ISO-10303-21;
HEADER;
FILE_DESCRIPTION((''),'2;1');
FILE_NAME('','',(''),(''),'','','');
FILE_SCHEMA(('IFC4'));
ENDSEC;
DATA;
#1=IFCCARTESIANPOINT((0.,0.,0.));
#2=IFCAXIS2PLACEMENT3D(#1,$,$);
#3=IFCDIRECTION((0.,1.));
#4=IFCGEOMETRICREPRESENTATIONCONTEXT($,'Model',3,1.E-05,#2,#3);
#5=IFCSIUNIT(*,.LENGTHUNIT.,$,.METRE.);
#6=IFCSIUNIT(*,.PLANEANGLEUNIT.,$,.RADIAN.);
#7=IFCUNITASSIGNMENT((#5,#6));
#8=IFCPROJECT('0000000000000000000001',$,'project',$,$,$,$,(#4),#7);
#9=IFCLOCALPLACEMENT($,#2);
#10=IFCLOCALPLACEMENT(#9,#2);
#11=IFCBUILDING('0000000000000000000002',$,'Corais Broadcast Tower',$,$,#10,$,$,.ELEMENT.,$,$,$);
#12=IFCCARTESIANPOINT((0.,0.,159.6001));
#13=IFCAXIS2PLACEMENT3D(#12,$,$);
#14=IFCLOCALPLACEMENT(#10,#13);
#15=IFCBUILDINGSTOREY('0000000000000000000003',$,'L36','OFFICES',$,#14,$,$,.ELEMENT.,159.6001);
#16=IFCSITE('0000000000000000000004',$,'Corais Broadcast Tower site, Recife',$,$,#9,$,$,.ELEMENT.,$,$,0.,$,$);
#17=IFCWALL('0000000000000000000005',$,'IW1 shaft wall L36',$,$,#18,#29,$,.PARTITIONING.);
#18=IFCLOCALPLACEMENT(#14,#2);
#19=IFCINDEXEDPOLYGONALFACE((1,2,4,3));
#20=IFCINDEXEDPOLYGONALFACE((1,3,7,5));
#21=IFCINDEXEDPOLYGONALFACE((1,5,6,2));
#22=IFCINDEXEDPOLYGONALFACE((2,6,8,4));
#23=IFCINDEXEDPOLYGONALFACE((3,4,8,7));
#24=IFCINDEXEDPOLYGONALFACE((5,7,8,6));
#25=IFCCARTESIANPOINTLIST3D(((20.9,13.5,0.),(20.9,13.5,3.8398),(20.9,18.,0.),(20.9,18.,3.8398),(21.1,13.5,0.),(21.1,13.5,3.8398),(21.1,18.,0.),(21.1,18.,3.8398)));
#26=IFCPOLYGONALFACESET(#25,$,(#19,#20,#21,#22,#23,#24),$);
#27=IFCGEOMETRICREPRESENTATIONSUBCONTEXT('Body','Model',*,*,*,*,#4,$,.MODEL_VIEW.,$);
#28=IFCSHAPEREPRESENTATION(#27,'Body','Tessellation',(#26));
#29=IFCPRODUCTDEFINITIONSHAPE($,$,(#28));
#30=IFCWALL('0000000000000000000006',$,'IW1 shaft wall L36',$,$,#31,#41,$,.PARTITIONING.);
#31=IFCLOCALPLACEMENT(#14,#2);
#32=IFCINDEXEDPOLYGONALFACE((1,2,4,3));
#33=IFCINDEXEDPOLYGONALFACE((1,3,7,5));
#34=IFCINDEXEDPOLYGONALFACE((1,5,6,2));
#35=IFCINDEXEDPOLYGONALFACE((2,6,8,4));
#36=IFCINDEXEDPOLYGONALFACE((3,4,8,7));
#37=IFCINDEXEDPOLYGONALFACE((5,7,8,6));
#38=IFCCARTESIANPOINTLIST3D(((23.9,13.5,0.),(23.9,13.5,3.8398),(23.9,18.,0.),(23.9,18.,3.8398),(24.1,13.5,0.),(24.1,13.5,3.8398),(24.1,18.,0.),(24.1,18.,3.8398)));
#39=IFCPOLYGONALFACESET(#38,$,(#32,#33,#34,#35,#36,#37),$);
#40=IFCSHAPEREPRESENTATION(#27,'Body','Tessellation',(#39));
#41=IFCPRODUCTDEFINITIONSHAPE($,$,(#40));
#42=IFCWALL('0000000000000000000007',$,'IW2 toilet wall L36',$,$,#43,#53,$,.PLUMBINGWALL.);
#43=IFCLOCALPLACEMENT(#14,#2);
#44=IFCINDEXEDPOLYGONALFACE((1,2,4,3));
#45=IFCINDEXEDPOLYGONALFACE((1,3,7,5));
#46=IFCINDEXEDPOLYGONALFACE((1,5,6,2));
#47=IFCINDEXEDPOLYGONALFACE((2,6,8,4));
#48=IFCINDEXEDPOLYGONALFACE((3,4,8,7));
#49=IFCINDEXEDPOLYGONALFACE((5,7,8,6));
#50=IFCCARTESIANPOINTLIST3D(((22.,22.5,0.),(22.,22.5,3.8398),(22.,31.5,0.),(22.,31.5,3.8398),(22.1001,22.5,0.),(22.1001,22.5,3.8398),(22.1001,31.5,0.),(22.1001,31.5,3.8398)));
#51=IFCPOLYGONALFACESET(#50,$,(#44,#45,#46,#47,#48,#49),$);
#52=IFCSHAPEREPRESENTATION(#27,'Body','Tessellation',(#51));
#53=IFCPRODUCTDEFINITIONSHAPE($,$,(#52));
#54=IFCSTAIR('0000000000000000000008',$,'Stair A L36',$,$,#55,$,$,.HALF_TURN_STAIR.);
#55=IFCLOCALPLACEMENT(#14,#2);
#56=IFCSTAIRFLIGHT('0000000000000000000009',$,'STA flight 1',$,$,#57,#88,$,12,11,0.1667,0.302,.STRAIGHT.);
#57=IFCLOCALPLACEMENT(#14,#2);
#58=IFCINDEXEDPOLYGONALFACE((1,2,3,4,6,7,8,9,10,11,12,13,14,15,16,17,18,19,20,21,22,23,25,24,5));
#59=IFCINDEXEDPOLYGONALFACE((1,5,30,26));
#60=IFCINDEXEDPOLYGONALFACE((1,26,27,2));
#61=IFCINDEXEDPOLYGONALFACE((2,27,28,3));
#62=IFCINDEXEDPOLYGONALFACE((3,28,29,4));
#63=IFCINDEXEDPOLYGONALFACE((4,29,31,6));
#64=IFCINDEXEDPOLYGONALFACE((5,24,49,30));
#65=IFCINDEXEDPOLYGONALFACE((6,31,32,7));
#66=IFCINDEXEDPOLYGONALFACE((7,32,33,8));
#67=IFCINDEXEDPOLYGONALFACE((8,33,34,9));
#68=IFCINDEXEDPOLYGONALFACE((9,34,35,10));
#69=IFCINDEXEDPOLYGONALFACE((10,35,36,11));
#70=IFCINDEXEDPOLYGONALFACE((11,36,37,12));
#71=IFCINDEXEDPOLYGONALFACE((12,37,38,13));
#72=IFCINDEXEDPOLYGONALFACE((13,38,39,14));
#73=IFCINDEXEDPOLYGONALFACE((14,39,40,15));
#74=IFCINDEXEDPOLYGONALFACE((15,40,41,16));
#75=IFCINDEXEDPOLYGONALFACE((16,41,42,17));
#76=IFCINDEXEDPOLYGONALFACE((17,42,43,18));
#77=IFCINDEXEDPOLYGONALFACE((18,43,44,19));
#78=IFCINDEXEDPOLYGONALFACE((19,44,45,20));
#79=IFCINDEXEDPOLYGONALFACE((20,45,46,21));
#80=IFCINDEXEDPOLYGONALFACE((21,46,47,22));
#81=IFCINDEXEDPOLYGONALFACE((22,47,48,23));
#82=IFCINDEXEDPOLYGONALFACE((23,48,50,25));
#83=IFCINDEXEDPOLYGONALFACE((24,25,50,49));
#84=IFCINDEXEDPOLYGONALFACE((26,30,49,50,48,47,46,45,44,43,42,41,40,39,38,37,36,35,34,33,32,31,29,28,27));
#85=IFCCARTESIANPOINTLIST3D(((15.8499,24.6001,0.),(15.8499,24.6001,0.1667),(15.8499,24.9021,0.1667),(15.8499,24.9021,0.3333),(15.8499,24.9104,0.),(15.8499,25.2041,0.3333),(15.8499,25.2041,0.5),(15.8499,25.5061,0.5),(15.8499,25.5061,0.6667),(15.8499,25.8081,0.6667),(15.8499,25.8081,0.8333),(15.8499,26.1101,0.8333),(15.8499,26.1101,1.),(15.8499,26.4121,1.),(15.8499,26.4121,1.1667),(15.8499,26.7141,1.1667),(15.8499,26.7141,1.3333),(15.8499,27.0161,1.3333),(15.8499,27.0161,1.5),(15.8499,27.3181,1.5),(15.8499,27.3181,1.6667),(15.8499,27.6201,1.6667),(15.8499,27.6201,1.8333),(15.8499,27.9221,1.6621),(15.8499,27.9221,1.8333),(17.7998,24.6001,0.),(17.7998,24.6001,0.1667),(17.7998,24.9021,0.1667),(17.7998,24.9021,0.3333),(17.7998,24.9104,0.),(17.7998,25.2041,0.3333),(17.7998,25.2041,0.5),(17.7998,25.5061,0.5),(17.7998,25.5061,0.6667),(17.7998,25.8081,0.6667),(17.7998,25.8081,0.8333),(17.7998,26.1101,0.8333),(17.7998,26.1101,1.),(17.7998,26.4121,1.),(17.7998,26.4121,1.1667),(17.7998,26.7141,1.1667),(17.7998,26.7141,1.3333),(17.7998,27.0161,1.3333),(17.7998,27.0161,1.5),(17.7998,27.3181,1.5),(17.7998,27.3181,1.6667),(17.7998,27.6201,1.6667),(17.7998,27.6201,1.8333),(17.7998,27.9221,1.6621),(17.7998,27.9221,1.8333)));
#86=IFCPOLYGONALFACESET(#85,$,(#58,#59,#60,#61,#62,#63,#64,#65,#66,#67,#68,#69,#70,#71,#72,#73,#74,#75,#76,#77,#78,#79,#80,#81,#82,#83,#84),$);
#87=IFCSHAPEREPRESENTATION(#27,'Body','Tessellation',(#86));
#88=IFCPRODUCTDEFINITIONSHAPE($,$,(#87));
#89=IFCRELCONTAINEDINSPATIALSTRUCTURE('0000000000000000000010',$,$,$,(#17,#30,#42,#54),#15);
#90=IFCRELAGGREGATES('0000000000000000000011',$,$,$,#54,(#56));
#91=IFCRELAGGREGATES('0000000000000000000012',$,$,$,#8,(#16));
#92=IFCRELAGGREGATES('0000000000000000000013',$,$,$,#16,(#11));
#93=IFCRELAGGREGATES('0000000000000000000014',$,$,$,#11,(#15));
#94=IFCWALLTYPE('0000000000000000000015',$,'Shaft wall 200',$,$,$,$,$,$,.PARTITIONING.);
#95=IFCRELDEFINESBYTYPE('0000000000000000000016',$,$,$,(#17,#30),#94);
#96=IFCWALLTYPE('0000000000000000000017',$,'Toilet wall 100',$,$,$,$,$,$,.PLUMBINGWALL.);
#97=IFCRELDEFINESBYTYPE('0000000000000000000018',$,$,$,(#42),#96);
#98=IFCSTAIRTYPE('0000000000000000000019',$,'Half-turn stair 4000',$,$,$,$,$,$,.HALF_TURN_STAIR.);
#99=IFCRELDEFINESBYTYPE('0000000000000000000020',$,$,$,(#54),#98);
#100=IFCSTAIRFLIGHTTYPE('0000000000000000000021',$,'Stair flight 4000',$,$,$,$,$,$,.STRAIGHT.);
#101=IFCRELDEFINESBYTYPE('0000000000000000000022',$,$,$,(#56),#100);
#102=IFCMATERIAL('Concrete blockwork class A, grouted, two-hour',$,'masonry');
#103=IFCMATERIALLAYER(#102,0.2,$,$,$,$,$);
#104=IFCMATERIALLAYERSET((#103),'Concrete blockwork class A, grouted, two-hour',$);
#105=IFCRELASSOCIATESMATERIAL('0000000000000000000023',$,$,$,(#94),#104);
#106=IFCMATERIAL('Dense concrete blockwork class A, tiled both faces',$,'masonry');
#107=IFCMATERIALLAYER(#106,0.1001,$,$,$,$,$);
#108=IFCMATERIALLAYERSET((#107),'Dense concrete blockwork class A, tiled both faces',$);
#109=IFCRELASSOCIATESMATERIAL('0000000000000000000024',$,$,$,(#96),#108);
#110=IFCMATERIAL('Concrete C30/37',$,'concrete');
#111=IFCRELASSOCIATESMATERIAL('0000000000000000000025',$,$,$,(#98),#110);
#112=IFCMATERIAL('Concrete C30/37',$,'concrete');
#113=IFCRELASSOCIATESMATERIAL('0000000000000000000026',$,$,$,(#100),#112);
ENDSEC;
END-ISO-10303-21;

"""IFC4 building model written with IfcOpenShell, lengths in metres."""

from ifc_helpers import new_model, si_unit, direction, frame, frame_2d, origin, place, context, subcontext, project, spatial, polyline, rectangle, outline, extrude, material, layer, layer_set, type_object, element, aggregate, save


model = new_model("IFC4")

# Units and contexts
model_context = context("Model", 3, precision=1e-05, world=origin(), true_north=direction((0.0, 1.0)))
body_context = subcontext(model_context, "Body", "Model", "MODEL_VIEW")
ifc_project = project(units=[si_unit("LENGTHUNIT", "METRE"), si_unit("PLANEANGLEUNIT", "RADIAN")], contexts=[model_context])

# Site, building, storey
site_placement = place(None, origin())
site = spatial("IfcSite", under=ifc_project, at=site_placement, Name="Corais Broadcast Tower site, Recife", CompositionType="ELEMENT", RefElevation=0.0)
building_placement = place(site_placement, origin())
building = spatial("IfcBuilding", under=site, at=building_placement, Name="Corais Broadcast Tower", CompositionType="ELEMENT")
storey_placement = place(building_placement, frame((0.0, 0.0, 159.6001)))
storey = spatial("IfcBuildingStorey", under=building, at=storey_placement, Name="L36", Description="OFFICES", CompositionType="ELEMENT", Elevation=159.6001)

# Walls
ifc_material_1 = material(Name="Concrete blockwork class A, grouted, two-hour", Category="masonry")
ifc_layer_1 = layer(ifc_material_1, 0.2)
ifc_layer_set_1 = layer_set([ifc_layer_1], Name="Concrete blockwork class A, grouted, two-hour")
wall_type_1 = type_object("IfcWallType", Name="Shaft wall 200", PredefinedType="PARTITIONING", material=ifc_layer_set_1)
for number, where, z_axis, x_axis, name in (
    (1, (21.0, 13.5, 0.0), (0.0, 0.0, 1.0), (0.0, 1.0, 0.0), "IW1 shaft wall L36"),
    (2, (24.0, 13.5, 0.0), (0.0, 0.0, 1.0), (0.0, 1.0, 0.0), "IW1 shaft wall L36"),
):
    element("IfcWall", number, at=place(storey_placement, frame(where, z_axis=z_axis, x_axis=x_axis)), inside=storey, type_object=wall_type_1, Name=name, PredefinedType="PARTITIONING", context=body_context, shape_type="SweptSolid", body=[
        extrude(rectangle(XDim=4.5, YDim=0.2, at=frame_2d((2.25, 0.0))), origin(), (0.0, 0.0, 1.0), 3.8398),
    ])
ifc_material_2 = material(Name="Dense concrete blockwork class A, tiled both faces", Category="masonry")
ifc_layer_2 = layer(ifc_material_2, 0.1001)
ifc_layer_set_2 = layer_set([ifc_layer_2], Name="Dense concrete blockwork class A, tiled both faces")
wall_type_2 = type_object("IfcWallType", Name="Toilet wall 100", PredefinedType="PLUMBINGWALL", material=ifc_layer_set_2)
wall_1_placement = place(storey_placement, frame((22.05, 22.5, 0.0), z_axis=(0.0, 0.0, 1.0), x_axis=(0.0, 1.0, 0.0)))
element("IfcWall", 3, at=wall_1_placement, inside=storey, type_object=wall_type_2, Name="IW2 toilet wall L36", PredefinedType="PLUMBINGWALL", context=body_context, shape_type="SweptSolid", body=[
    extrude(rectangle(XDim=9.0, YDim=0.1001, at=frame_2d((4.5, 0.0))), origin(), (0.0, 0.0, 1.0), 3.8398),
])

# Stair, stair flight
ifc_material_3 = material(Name="Concrete C30/37", Category="concrete")
stair_type = type_object("IfcStairType", Name="Half-turn stair 4000", PredefinedType="HALF_TURN_STAIR", material=ifc_material_3)
stair_placement = place(storey_placement, origin())
stair = element("IfcStair", 4, at=stair_placement, inside=storey, type_object=stair_type, Name="Stair A L36", PredefinedType="HALF_TURN_STAIR")
ifc_material_4 = material(Name="Concrete C30/37", Category="concrete")
stair_flight_type = type_object("IfcStairFlightType", Name="Stair flight 4000", PredefinedType="STRAIGHT", material=ifc_material_4)
stair_flight_placement = place(storey_placement, frame((16.825, 24.6001, 0.0), z_axis=(0.0, 0.0, 1.0), x_axis=(0.0, 1.0, 0.0)))
stair_flight = element("IfcStairFlight", 5, at=stair_flight_placement, type_object=stair_flight_type, Name="STA flight 1", NumberOfRisers=12, NumberOfTreads=11, PredefinedType="STRAIGHT", RiserHeight=0.1667, TreadLength=0.302, context=body_context, shape_type="SweptSolid", body=[
    extrude(outline(polyline([(0.0, 0.0), (0.0, 0.1667), (0.302, 0.1667), (0.302, 0.3333), (0.604, 0.3333), (0.604, 0.5), (0.906, 0.5), (0.906, 0.6667), (1.208, 0.6667), (1.208, 0.8333), (1.51, 0.8333), (1.51, 1.0), (1.812, 1.0), (1.812, 1.1667), (2.114, 1.1667), (2.114, 1.3333), (2.416, 1.3333), (2.416, 1.5), (2.718, 1.5), (2.718, 1.6667), (3.02, 1.6667), (3.02, 1.8333), (3.322, 1.8333), (3.322, 2.0), (3.322, 1.6621), (0.3103, 0.0), (0.0, 0.0)])), frame((0.0, 0.9751, 0.0), z_axis=(0.0, -1.0, 0.0), x_axis=(1.0, 0.0, 0.0)), (0.0, 0.0, 1.0), 1.95),
])
aggregate(stair, [stair_flight])

save(model, "model.ifc")
